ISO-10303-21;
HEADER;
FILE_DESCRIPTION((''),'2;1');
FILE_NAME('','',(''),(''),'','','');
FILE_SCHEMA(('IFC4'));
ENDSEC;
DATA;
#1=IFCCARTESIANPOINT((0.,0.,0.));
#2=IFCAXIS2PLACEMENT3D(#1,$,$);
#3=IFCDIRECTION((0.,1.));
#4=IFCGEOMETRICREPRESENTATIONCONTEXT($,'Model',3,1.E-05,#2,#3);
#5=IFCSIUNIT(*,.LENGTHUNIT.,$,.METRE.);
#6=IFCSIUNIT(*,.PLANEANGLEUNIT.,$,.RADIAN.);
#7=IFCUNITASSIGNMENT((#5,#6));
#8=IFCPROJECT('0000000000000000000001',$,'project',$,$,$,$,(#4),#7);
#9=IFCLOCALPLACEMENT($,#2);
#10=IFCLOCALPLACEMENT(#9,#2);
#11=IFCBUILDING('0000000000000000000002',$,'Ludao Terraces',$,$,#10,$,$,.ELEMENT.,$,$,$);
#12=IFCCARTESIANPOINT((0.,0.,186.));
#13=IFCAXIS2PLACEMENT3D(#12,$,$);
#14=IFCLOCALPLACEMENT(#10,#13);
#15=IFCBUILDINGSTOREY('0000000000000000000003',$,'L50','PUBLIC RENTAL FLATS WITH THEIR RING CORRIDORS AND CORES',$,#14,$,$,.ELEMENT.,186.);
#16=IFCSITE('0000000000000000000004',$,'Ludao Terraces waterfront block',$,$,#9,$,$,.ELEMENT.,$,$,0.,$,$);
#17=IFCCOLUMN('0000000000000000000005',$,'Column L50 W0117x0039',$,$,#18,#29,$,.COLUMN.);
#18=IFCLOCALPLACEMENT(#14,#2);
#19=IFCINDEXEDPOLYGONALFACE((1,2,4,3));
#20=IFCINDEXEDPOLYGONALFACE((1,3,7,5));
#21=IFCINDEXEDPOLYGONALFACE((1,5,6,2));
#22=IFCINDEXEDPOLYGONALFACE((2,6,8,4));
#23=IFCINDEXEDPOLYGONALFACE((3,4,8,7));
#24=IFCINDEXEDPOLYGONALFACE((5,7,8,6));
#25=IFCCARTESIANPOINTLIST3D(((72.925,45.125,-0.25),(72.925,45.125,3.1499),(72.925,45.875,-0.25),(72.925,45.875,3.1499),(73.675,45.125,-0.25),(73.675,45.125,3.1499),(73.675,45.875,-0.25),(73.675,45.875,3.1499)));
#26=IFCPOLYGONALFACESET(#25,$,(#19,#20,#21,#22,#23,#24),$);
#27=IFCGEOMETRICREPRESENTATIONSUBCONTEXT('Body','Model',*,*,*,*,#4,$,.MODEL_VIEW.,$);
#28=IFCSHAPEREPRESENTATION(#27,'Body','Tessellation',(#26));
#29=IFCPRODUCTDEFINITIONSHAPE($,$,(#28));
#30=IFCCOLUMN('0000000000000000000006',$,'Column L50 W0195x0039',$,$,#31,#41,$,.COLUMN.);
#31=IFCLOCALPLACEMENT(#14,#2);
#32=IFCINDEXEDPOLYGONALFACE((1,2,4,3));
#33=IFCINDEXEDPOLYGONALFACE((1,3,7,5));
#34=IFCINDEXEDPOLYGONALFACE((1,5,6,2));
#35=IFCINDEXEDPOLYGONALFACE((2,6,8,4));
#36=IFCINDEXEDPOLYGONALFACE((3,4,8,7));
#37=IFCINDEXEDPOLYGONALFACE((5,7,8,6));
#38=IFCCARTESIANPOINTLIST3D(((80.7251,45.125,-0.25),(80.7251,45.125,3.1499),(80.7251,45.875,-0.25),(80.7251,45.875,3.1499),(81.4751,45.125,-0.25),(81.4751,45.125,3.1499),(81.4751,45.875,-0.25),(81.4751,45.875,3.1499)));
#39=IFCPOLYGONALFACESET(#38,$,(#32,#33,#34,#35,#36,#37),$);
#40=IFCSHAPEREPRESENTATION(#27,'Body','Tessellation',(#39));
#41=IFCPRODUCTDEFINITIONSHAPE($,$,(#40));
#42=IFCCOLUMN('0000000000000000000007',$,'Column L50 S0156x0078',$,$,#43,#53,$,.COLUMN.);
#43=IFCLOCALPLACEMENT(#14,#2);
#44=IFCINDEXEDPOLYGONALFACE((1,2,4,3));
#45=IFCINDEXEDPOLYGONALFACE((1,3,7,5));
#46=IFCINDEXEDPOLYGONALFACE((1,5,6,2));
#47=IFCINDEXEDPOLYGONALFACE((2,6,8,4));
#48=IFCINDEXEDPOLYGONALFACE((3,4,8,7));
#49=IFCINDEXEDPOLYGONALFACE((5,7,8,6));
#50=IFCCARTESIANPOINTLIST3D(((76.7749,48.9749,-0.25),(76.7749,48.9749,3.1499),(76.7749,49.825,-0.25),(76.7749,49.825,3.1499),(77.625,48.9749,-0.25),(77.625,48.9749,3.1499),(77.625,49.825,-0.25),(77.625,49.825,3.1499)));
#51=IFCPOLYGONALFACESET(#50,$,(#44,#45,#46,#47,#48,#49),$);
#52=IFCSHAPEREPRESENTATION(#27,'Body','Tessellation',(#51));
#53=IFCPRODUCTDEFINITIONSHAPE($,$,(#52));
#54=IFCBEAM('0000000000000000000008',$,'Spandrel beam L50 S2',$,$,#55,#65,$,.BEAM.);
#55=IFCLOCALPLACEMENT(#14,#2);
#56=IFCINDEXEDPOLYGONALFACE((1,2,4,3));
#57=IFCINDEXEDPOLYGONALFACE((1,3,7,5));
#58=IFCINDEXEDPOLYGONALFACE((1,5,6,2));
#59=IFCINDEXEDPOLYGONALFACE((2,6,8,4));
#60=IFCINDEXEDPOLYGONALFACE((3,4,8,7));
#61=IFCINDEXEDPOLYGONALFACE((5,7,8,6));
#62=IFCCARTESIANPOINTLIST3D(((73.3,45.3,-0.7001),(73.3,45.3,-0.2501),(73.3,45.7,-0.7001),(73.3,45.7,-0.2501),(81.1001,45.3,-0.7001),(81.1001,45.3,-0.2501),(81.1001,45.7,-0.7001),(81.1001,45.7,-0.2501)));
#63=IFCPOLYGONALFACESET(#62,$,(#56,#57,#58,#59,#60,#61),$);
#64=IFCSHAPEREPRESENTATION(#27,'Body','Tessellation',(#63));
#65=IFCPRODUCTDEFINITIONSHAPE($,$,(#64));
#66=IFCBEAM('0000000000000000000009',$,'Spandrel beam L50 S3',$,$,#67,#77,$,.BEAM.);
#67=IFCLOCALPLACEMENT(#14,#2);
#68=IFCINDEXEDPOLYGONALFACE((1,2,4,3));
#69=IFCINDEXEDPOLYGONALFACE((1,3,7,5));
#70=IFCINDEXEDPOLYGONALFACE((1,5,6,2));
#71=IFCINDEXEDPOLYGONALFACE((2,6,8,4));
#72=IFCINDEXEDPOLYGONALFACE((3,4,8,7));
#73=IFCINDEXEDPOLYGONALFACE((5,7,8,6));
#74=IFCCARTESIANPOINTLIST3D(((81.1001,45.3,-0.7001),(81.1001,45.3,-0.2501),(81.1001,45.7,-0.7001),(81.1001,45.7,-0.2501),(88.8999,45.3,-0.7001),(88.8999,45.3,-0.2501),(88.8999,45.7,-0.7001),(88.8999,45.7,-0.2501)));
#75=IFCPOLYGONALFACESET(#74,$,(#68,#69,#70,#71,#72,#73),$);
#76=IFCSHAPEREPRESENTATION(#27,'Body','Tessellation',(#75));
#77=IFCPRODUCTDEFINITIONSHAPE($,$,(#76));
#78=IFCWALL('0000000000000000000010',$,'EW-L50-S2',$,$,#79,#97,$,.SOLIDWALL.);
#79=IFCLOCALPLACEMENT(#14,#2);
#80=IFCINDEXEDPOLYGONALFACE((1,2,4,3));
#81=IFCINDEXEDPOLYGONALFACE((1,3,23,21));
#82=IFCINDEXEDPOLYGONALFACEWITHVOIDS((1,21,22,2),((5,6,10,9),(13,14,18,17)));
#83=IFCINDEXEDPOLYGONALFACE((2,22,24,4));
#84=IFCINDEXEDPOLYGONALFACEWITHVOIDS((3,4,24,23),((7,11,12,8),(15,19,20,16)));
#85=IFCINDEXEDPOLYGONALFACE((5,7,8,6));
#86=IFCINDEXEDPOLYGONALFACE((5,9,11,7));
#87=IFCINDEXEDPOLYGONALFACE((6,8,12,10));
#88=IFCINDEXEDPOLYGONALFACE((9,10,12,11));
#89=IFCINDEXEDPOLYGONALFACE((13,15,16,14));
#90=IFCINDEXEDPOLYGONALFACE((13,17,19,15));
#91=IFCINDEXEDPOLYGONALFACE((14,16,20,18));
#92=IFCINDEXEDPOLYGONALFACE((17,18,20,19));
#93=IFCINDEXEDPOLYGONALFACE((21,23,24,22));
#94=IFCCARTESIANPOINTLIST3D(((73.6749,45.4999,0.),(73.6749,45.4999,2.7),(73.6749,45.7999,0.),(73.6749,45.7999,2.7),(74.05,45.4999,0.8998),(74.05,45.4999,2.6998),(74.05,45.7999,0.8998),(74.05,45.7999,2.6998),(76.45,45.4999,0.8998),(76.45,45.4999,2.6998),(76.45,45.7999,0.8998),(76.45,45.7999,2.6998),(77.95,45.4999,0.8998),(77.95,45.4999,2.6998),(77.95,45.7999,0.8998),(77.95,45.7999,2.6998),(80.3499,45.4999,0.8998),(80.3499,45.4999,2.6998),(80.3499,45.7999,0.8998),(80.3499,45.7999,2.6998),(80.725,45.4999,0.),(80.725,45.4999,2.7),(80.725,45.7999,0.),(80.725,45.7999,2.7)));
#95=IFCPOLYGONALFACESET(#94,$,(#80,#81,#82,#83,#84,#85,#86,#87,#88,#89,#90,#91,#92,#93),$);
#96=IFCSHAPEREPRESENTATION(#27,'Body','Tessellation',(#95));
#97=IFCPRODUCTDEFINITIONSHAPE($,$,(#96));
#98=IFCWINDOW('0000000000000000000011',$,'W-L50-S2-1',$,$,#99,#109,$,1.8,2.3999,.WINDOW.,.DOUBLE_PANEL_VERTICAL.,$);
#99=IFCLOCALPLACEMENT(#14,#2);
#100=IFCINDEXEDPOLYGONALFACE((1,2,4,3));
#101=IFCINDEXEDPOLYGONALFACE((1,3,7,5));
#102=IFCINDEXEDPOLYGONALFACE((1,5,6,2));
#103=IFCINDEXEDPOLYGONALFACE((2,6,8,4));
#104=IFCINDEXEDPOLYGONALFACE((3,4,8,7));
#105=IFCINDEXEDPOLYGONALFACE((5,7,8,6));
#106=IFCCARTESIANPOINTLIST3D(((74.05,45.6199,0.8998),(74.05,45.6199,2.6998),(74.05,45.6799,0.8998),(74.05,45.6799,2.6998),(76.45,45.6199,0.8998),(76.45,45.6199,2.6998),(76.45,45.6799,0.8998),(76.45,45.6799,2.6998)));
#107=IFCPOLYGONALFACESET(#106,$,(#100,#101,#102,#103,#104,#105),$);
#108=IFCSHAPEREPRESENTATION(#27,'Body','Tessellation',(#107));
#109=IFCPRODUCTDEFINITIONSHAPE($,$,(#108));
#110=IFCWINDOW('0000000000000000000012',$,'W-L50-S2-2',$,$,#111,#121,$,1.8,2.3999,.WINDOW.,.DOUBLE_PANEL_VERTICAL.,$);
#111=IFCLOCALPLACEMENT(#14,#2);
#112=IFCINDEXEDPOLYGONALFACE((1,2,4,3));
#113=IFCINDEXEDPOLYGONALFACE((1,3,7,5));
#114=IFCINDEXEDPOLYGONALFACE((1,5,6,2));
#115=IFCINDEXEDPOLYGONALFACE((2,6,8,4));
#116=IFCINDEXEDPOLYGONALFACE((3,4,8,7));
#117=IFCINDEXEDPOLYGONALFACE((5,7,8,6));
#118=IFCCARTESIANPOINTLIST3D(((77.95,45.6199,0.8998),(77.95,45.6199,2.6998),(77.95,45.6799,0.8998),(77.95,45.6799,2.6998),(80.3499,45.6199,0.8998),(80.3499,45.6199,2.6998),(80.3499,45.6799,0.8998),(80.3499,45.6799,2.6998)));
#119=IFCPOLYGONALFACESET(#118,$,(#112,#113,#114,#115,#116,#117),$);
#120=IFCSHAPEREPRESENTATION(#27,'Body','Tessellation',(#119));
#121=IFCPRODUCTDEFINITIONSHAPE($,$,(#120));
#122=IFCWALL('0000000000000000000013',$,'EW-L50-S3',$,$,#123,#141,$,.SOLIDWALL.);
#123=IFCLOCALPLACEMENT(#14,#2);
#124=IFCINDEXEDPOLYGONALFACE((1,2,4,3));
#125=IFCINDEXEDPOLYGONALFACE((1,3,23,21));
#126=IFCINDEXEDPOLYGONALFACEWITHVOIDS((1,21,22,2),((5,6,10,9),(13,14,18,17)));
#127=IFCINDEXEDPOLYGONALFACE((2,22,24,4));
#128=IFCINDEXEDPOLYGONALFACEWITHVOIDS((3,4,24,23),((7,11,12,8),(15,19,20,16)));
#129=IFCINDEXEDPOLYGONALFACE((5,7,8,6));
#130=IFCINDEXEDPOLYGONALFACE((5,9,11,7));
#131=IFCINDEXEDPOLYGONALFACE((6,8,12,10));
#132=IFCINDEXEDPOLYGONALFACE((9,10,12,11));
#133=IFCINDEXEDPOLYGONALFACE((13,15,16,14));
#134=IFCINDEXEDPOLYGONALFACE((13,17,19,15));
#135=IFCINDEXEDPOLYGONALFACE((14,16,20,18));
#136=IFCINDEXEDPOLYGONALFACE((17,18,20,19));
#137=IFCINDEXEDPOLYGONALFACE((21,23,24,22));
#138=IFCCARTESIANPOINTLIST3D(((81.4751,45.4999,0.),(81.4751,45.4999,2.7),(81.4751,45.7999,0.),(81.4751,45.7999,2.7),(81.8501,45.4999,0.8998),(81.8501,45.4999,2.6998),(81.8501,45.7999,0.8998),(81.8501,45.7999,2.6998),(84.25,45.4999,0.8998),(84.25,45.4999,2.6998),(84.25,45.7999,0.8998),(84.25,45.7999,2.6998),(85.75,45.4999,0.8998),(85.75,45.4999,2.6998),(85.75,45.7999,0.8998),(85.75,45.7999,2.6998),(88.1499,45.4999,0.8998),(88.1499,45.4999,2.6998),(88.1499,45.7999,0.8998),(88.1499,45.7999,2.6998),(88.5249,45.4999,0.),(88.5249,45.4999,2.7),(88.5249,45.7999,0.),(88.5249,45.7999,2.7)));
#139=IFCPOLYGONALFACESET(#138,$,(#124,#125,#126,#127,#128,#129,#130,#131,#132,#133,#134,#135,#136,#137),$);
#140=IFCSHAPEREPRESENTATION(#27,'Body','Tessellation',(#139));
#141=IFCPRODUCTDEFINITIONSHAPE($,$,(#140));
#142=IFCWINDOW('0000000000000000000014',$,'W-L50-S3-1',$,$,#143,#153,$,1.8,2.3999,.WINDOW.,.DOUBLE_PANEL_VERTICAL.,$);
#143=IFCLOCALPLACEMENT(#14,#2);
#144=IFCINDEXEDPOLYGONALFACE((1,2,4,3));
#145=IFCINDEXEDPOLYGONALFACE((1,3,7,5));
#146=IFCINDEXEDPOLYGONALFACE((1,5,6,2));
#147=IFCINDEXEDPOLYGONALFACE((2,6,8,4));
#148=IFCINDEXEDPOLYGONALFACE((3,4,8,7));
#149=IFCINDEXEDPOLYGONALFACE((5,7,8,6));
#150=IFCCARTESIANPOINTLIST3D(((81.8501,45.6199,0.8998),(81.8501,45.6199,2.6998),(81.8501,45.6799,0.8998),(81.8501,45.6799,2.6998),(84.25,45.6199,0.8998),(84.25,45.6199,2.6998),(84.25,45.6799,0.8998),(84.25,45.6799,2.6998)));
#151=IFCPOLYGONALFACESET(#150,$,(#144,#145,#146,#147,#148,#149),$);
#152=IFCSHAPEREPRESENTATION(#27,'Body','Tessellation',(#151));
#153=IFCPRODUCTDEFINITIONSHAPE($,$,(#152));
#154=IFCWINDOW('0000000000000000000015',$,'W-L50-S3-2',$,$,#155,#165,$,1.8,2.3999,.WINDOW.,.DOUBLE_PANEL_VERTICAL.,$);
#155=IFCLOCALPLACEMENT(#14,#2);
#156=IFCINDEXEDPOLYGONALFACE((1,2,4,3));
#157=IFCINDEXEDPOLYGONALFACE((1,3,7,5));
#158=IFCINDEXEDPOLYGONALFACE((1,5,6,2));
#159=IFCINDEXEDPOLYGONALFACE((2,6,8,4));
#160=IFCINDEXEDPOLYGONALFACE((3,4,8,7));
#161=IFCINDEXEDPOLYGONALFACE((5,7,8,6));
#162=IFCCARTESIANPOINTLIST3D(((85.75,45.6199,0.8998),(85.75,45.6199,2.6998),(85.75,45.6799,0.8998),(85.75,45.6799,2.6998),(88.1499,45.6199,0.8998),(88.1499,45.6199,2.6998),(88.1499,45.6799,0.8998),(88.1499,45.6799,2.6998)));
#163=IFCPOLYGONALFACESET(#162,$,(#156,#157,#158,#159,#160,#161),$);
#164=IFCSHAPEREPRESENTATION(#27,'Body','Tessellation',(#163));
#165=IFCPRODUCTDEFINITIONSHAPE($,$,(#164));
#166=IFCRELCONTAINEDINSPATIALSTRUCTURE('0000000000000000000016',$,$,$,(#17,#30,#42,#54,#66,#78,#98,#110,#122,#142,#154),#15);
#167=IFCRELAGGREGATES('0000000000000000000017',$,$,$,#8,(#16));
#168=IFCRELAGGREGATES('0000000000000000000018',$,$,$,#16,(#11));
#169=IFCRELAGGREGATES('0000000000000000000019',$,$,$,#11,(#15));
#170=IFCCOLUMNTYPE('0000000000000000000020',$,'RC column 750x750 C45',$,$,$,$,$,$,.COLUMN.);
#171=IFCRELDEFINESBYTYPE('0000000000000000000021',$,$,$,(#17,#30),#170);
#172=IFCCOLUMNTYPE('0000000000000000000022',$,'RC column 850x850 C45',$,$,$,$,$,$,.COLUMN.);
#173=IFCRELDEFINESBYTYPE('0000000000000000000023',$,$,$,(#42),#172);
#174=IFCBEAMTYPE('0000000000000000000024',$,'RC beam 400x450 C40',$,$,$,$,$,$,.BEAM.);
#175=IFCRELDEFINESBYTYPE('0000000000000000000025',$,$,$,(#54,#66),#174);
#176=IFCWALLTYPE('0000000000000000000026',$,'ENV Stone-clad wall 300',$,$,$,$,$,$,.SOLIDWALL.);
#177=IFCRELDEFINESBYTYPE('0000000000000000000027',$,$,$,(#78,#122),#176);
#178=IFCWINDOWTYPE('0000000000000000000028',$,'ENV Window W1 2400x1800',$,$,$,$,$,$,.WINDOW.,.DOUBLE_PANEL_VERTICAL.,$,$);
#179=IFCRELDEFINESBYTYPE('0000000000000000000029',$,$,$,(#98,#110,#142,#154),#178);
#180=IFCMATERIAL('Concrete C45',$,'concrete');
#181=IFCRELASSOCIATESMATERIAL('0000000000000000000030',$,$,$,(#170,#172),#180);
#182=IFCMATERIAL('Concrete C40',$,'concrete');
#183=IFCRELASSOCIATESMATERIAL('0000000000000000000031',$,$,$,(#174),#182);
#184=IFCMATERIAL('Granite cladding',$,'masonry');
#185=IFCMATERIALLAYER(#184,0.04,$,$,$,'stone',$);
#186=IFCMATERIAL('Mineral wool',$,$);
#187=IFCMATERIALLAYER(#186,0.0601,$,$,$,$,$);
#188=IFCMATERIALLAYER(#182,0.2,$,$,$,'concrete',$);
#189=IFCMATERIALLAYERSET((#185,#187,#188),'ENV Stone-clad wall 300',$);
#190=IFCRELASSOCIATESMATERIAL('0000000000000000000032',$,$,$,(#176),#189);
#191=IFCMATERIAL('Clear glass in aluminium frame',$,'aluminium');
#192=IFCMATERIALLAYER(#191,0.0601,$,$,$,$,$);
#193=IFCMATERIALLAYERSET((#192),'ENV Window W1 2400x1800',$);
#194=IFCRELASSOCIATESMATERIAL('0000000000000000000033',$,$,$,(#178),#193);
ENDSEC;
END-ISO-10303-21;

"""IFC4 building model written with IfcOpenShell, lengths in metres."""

from ifc_helpers import new_model, si_unit, direction, frame, frame_2d, origin, origin_2d, place, context, subcontext, project, spatial, rectangle, extrude, material, layer, layer_set, material_profile, profile_set, type_object, element, fill, save


model = new_model("IFC4")

# Units and contexts
model_context = context("Model", 3, precision=1e-05, world=origin(), true_north=direction((0.0, 1.0)))
body_context = subcontext(model_context, "Body", "Model", "MODEL_VIEW")
ifc_project = project(units=[si_unit("LENGTHUNIT", "METRE"), si_unit("PLANEANGLEUNIT", "RADIAN")], contexts=[model_context])

# Site, building, storey
site_placement = place(None, origin())
site = spatial("IfcSite", under=ifc_project, at=site_placement, Name="Ludao Terraces waterfront block", CompositionType="ELEMENT", RefElevation=0.0)
building_placement = place(site_placement, origin())
building = spatial("IfcBuilding", under=site, at=building_placement, Name="Ludao Terraces", CompositionType="ELEMENT")
storey_placement = place(building_placement, frame((0.0, 0.0, 186.0)))
storey = spatial("IfcBuildingStorey", under=building, at=storey_placement, Name="L50", Description="PUBLIC RENTAL FLATS WITH THEIR RING CORRIDORS AND CORES", CompositionType="ELEMENT", Elevation=186.0)

# Columns
ifc_material_1 = material(Name="Concrete C45", Category="concrete")
ifc_material_profile_1 = material_profile(ifc_material_1, rectangle(XDim=0.75, YDim=0.75, at=origin_2d()), Name="750 X 750")
ifc_profile_set_1 = profile_set([ifc_material_profile_1], Name="Concrete C45")
column_type_1 = type_object("IfcColumnType", Name="RC column 750x750 C45", PredefinedType="COLUMN", material=ifc_profile_set_1)
for number, where, z_axis, x_axis, name in (
    (1, (73.3, 45.5, -0.25), (0.0, 0.0, 1.0), (1.0, 0.0, 0.0), "Column L50 W0117x0039"),
    (2, (81.1001, 45.5, -0.25), (0.0, 0.0, 1.0), (1.0, 0.0, 0.0), "Column L50 W0195x0039"),
):
    element("IfcColumn", number, at=place(storey_placement, frame(where, z_axis=z_axis, x_axis=x_axis)), inside=storey, type_object=column_type_1, Name=name, PredefinedType="COLUMN", context=body_context, shape_type="SweptSolid", body=[
        extrude(rectangle(XDim=0.75, YDim=0.75, at=origin_2d()), origin(), (0.0, 0.0, 1.0), 3.3999),
    ])
ifc_material_profile_2 = material_profile(ifc_material_1, rectangle(XDim=0.8501, YDim=0.8501, at=origin_2d()), Name="850 X 850")
ifc_profile_set_2 = profile_set([ifc_material_profile_2], Name="Concrete C45")
column_type_2 = type_object("IfcColumnType", Name="RC column 850x850 C45", PredefinedType="COLUMN", material=ifc_profile_set_2)
column_placement = place(storey_placement, frame((77.2, 49.3999, -0.25), z_axis=(0.0, 0.0, 1.0), x_axis=(1.0, 0.0, 0.0)))
element("IfcColumn", 3, at=column_placement, inside=storey, type_object=column_type_2, Name="Column L50 S0156x0078", PredefinedType="COLUMN", context=body_context, shape_type="SweptSolid", body=[
    extrude(rectangle(XDim=0.8501, YDim=0.8501, at=origin_2d()), origin(), (0.0, 0.0, 1.0), 3.3999),
])

# Beams
ifc_material_2 = material(Name="Concrete C40", Category="concrete")
ifc_material_profile_3 = material_profile(ifc_material_2, rectangle(XDim=0.3999, YDim=0.45, at=origin_2d()), Name="400 X 450")
ifc_profile_set_3 = profile_set([ifc_material_profile_3], Name="Concrete C40")
beam_type = type_object("IfcBeamType", Name="RC beam 400x450 C40", PredefinedType="BEAM", material=ifc_profile_set_3)
beam_1_placement = place(storey_placement, frame((73.3, 45.5, -0.4751), z_axis=(1.0, 0.0, 0.0), x_axis=(0.0, 1.0, 0.0)))
element("IfcBeam", 4, at=beam_1_placement, inside=storey, type_object=beam_type, Name="Spandrel beam L50 S2", PredefinedType="BEAM", context=body_context, shape_type="SweptSolid", body=[
    extrude(rectangle(XDim=0.3999, YDim=0.45, at=origin_2d()), origin(), (0.0, 0.0, 1.0), 7.8),
])
beam_2_placement = place(storey_placement, frame((81.1001, 45.5, -0.4751), z_axis=(1.0, 0.0, 0.0), x_axis=(0.0, 1.0, 0.0)))
element("IfcBeam", 5, at=beam_2_placement, inside=storey, type_object=beam_type, Name="Spandrel beam L50 S3", PredefinedType="BEAM", context=body_context, shape_type="SweptSolid", body=[
    extrude(rectangle(XDim=0.3999, YDim=0.45, at=origin_2d()), origin(), (0.0, 0.0, 1.0), 7.7998),
])

# Walls, openings, windows
ifc_material_3 = material(Name="Granite cladding", Category="masonry")
ifc_layer_1 = layer(ifc_material_3, 0.04, Category="stone")
ifc_material_4 = material(Name="Mineral wool")
ifc_layer_2 = layer(ifc_material_4, 0.0601)
ifc_layer_3 = layer(ifc_material_2, 0.2, Category="concrete")
ifc_layer_set_1 = layer_set([ifc_layer_1, ifc_layer_2, ifc_layer_3], Name="ENV Stone-clad wall 300")
wall_type_1 = type_object("IfcWallType", Name="ENV Stone-clad wall 300", PredefinedType="SOLIDWALL", material=ifc_layer_set_1)
wall_1_placement = place(storey_placement, frame((73.675, 45.6499, 0.0), z_axis=(0.0, 0.0, 1.0), x_axis=(1.0, 0.0, 0.0)))
wall_1 = element("IfcWall", 6, at=wall_1_placement, inside=storey, type_object=wall_type_1, Name="EW-L50-S2", PredefinedType="SOLIDWALL", context=body_context, shape_type="SweptSolid", body=[
    extrude(rectangle(XDim=7.05, YDim=0.3, at=frame_2d((3.5249, 0.0))), origin(), (0.0, 0.0, 1.0), 2.7),
])
opening_1_placement = place(wall_1_placement, frame((0.375, 0.0, 0.8999)))
opening_1 = element("IfcOpeningElement", 7, at=opening_1_placement, cuts=wall_1, PredefinedType="OPENING", context=body_context, shape_type="SweptSolid", body=[
    extrude(rectangle(XDim=2.3999, YDim=1.8, at=frame_2d((1.2, 0.8999))), frame((0.0, 0.1602, 0.0), z_axis=(0.0, -1.0, 0.0), x_axis=(1.0, 0.0, 0.0)), (0.0, 0.0, 1.0), 0.3201),
])
opening_2_placement = place(wall_1_placement, frame((4.2749, 0.0, 0.8999)))
opening_2 = element("IfcOpeningElement", 8, at=opening_2_placement, cuts=wall_1, PredefinedType="OPENING", context=body_context, shape_type="SweptSolid", body=[
    extrude(rectangle(XDim=2.3999, YDim=1.8, at=frame_2d((1.2, 0.8999))), frame((0.0, 0.1602, 0.0), z_axis=(0.0, -1.0, 0.0), x_axis=(1.0, 0.0, 0.0)), (0.0, 0.0, 1.0), 0.3201),
])
ifc_material_5 = material(Name="Clear glass in aluminium frame", Category="aluminium")
ifc_layer_4 = layer(ifc_material_5, 0.0601)
ifc_layer_set_2 = layer_set([ifc_layer_4], Name="ENV Window W1 2400x1800")
window_type = type_object("IfcWindowType", Name="ENV Window W1 2400x1800", PartitioningType="DOUBLE_PANEL_VERTICAL", PredefinedType="WINDOW", material=ifc_layer_set_2)
window_1_placement = place(opening_1_placement, origin())
window_1 = element("IfcWindow", 9, at=window_1_placement, inside=storey, type_object=window_type, Name="W-L50-S2-1", OverallHeight=1.8, OverallWidth=2.3999, PartitioningType="DOUBLE_PANEL_VERTICAL", PredefinedType="WINDOW", context=body_context, shape_type="SweptSolid", body=[
    extrude(rectangle(XDim=2.3999, YDim=1.8, at=frame_2d((1.2, 0.8999))), frame((0.0, 0.03, 0.0), z_axis=(0.0, -1.0, 0.0), x_axis=(1.0, 0.0, 0.0)), (0.0, 0.0, 1.0), 0.0601),
])
fill(opening_1, window_1)
window_2_placement = place(opening_2_placement, origin())
window_2 = element("IfcWindow", 10, at=window_2_placement, inside=storey, type_object=window_type, Name="W-L50-S2-2", OverallHeight=1.8, OverallWidth=2.3999, PartitioningType="DOUBLE_PANEL_VERTICAL", PredefinedType="WINDOW", context=body_context, shape_type="SweptSolid", body=[
    extrude(rectangle(XDim=2.3999, YDim=1.8, at=frame_2d((1.2, 0.8999))), frame((0.0, 0.03, 0.0), z_axis=(0.0, -1.0, 0.0), x_axis=(1.0, 0.0, 0.0)), (0.0, 0.0, 1.0), 0.0601),
])
fill(opening_2, window_2)
wall_2_placement = place(storey_placement, frame((81.4751, 45.6499, 0.0), z_axis=(0.0, 0.0, 1.0), x_axis=(1.0, 0.0, 0.0)))
wall_2 = element("IfcWall", 11, at=wall_2_placement, inside=storey, type_object=wall_type_1, Name="EW-L50-S3", PredefinedType="SOLIDWALL", context=body_context, shape_type="SweptSolid", body=[
    extrude(rectangle(XDim=7.0498, YDim=0.3, at=frame_2d((3.5249, 0.0))), origin(), (0.0, 0.0, 1.0), 2.7),
])
opening_3_placement = place(wall_2_placement, frame((0.375, 0.0, 0.8999)))
opening_3 = element("IfcOpeningElement", 12, at=opening_3_placement, cuts=wall_2, PredefinedType="OPENING", context=body_context, shape_type="SweptSolid", body=[
    extrude(rectangle(XDim=2.3999, YDim=1.8, at=frame_2d((1.2, 0.8999))), frame((0.0, 0.1602, 0.0), z_axis=(0.0, -1.0, 0.0), x_axis=(1.0, 0.0, 0.0)), (0.0, 0.0, 1.0), 0.3201),
])
opening_4_placement = place(wall_2_placement, frame((4.2749, 0.0, 0.8999)))
opening_4 = element("IfcOpeningElement", 13, at=opening_4_placement, cuts=wall_2, PredefinedType="OPENING", context=body_context, shape_type="SweptSolid", body=[
    extrude(rectangle(XDim=2.3999, YDim=1.8, at=frame_2d((1.2, 0.8999))), frame((0.0, 0.1602, 0.0), z_axis=(0.0, -1.0, 0.0), x_axis=(1.0, 0.0, 0.0)), (0.0, 0.0, 1.0), 0.3201),
])
window_3_placement = place(opening_3_placement, origin())
window_3 = element("IfcWindow", 14, at=window_3_placement, inside=storey, type_object=window_type, Name="W-L50-S3-1", OverallHeight=1.8, OverallWidth=2.3999, PartitioningType="DOUBLE_PANEL_VERTICAL", PredefinedType="WINDOW", context=body_context, shape_type="SweptSolid", body=[
    extrude(rectangle(XDim=2.3999, YDim=1.8, at=frame_2d((1.2, 0.8999))), frame((0.0, 0.03, 0.0), z_axis=(0.0, -1.0, 0.0), x_axis=(1.0, 0.0, 0.0)), (0.0, 0.0, 1.0), 0.0601),
])
fill(opening_3, window_3)
window_4_placement = place(opening_4_placement, origin())
window_4 = element("IfcWindow", 15, at=window_4_placement, inside=storey, type_object=window_type, Name="W-L50-S3-2", OverallHeight=1.8, OverallWidth=2.3999, PartitioningType="DOUBLE_PANEL_VERTICAL", PredefinedType="WINDOW", context=body_context, shape_type="SweptSolid", body=[
    extrude(rectangle(XDim=2.3999, YDim=1.8, at=frame_2d((1.2, 0.8999))), frame((0.0, 0.03, 0.0), z_axis=(0.0, -1.0, 0.0), x_axis=(1.0, 0.0, 0.0)), (0.0, 0.0, 1.0), 0.0601),
])
fill(opening_4, window_4)

save(model, "model.ifc")
